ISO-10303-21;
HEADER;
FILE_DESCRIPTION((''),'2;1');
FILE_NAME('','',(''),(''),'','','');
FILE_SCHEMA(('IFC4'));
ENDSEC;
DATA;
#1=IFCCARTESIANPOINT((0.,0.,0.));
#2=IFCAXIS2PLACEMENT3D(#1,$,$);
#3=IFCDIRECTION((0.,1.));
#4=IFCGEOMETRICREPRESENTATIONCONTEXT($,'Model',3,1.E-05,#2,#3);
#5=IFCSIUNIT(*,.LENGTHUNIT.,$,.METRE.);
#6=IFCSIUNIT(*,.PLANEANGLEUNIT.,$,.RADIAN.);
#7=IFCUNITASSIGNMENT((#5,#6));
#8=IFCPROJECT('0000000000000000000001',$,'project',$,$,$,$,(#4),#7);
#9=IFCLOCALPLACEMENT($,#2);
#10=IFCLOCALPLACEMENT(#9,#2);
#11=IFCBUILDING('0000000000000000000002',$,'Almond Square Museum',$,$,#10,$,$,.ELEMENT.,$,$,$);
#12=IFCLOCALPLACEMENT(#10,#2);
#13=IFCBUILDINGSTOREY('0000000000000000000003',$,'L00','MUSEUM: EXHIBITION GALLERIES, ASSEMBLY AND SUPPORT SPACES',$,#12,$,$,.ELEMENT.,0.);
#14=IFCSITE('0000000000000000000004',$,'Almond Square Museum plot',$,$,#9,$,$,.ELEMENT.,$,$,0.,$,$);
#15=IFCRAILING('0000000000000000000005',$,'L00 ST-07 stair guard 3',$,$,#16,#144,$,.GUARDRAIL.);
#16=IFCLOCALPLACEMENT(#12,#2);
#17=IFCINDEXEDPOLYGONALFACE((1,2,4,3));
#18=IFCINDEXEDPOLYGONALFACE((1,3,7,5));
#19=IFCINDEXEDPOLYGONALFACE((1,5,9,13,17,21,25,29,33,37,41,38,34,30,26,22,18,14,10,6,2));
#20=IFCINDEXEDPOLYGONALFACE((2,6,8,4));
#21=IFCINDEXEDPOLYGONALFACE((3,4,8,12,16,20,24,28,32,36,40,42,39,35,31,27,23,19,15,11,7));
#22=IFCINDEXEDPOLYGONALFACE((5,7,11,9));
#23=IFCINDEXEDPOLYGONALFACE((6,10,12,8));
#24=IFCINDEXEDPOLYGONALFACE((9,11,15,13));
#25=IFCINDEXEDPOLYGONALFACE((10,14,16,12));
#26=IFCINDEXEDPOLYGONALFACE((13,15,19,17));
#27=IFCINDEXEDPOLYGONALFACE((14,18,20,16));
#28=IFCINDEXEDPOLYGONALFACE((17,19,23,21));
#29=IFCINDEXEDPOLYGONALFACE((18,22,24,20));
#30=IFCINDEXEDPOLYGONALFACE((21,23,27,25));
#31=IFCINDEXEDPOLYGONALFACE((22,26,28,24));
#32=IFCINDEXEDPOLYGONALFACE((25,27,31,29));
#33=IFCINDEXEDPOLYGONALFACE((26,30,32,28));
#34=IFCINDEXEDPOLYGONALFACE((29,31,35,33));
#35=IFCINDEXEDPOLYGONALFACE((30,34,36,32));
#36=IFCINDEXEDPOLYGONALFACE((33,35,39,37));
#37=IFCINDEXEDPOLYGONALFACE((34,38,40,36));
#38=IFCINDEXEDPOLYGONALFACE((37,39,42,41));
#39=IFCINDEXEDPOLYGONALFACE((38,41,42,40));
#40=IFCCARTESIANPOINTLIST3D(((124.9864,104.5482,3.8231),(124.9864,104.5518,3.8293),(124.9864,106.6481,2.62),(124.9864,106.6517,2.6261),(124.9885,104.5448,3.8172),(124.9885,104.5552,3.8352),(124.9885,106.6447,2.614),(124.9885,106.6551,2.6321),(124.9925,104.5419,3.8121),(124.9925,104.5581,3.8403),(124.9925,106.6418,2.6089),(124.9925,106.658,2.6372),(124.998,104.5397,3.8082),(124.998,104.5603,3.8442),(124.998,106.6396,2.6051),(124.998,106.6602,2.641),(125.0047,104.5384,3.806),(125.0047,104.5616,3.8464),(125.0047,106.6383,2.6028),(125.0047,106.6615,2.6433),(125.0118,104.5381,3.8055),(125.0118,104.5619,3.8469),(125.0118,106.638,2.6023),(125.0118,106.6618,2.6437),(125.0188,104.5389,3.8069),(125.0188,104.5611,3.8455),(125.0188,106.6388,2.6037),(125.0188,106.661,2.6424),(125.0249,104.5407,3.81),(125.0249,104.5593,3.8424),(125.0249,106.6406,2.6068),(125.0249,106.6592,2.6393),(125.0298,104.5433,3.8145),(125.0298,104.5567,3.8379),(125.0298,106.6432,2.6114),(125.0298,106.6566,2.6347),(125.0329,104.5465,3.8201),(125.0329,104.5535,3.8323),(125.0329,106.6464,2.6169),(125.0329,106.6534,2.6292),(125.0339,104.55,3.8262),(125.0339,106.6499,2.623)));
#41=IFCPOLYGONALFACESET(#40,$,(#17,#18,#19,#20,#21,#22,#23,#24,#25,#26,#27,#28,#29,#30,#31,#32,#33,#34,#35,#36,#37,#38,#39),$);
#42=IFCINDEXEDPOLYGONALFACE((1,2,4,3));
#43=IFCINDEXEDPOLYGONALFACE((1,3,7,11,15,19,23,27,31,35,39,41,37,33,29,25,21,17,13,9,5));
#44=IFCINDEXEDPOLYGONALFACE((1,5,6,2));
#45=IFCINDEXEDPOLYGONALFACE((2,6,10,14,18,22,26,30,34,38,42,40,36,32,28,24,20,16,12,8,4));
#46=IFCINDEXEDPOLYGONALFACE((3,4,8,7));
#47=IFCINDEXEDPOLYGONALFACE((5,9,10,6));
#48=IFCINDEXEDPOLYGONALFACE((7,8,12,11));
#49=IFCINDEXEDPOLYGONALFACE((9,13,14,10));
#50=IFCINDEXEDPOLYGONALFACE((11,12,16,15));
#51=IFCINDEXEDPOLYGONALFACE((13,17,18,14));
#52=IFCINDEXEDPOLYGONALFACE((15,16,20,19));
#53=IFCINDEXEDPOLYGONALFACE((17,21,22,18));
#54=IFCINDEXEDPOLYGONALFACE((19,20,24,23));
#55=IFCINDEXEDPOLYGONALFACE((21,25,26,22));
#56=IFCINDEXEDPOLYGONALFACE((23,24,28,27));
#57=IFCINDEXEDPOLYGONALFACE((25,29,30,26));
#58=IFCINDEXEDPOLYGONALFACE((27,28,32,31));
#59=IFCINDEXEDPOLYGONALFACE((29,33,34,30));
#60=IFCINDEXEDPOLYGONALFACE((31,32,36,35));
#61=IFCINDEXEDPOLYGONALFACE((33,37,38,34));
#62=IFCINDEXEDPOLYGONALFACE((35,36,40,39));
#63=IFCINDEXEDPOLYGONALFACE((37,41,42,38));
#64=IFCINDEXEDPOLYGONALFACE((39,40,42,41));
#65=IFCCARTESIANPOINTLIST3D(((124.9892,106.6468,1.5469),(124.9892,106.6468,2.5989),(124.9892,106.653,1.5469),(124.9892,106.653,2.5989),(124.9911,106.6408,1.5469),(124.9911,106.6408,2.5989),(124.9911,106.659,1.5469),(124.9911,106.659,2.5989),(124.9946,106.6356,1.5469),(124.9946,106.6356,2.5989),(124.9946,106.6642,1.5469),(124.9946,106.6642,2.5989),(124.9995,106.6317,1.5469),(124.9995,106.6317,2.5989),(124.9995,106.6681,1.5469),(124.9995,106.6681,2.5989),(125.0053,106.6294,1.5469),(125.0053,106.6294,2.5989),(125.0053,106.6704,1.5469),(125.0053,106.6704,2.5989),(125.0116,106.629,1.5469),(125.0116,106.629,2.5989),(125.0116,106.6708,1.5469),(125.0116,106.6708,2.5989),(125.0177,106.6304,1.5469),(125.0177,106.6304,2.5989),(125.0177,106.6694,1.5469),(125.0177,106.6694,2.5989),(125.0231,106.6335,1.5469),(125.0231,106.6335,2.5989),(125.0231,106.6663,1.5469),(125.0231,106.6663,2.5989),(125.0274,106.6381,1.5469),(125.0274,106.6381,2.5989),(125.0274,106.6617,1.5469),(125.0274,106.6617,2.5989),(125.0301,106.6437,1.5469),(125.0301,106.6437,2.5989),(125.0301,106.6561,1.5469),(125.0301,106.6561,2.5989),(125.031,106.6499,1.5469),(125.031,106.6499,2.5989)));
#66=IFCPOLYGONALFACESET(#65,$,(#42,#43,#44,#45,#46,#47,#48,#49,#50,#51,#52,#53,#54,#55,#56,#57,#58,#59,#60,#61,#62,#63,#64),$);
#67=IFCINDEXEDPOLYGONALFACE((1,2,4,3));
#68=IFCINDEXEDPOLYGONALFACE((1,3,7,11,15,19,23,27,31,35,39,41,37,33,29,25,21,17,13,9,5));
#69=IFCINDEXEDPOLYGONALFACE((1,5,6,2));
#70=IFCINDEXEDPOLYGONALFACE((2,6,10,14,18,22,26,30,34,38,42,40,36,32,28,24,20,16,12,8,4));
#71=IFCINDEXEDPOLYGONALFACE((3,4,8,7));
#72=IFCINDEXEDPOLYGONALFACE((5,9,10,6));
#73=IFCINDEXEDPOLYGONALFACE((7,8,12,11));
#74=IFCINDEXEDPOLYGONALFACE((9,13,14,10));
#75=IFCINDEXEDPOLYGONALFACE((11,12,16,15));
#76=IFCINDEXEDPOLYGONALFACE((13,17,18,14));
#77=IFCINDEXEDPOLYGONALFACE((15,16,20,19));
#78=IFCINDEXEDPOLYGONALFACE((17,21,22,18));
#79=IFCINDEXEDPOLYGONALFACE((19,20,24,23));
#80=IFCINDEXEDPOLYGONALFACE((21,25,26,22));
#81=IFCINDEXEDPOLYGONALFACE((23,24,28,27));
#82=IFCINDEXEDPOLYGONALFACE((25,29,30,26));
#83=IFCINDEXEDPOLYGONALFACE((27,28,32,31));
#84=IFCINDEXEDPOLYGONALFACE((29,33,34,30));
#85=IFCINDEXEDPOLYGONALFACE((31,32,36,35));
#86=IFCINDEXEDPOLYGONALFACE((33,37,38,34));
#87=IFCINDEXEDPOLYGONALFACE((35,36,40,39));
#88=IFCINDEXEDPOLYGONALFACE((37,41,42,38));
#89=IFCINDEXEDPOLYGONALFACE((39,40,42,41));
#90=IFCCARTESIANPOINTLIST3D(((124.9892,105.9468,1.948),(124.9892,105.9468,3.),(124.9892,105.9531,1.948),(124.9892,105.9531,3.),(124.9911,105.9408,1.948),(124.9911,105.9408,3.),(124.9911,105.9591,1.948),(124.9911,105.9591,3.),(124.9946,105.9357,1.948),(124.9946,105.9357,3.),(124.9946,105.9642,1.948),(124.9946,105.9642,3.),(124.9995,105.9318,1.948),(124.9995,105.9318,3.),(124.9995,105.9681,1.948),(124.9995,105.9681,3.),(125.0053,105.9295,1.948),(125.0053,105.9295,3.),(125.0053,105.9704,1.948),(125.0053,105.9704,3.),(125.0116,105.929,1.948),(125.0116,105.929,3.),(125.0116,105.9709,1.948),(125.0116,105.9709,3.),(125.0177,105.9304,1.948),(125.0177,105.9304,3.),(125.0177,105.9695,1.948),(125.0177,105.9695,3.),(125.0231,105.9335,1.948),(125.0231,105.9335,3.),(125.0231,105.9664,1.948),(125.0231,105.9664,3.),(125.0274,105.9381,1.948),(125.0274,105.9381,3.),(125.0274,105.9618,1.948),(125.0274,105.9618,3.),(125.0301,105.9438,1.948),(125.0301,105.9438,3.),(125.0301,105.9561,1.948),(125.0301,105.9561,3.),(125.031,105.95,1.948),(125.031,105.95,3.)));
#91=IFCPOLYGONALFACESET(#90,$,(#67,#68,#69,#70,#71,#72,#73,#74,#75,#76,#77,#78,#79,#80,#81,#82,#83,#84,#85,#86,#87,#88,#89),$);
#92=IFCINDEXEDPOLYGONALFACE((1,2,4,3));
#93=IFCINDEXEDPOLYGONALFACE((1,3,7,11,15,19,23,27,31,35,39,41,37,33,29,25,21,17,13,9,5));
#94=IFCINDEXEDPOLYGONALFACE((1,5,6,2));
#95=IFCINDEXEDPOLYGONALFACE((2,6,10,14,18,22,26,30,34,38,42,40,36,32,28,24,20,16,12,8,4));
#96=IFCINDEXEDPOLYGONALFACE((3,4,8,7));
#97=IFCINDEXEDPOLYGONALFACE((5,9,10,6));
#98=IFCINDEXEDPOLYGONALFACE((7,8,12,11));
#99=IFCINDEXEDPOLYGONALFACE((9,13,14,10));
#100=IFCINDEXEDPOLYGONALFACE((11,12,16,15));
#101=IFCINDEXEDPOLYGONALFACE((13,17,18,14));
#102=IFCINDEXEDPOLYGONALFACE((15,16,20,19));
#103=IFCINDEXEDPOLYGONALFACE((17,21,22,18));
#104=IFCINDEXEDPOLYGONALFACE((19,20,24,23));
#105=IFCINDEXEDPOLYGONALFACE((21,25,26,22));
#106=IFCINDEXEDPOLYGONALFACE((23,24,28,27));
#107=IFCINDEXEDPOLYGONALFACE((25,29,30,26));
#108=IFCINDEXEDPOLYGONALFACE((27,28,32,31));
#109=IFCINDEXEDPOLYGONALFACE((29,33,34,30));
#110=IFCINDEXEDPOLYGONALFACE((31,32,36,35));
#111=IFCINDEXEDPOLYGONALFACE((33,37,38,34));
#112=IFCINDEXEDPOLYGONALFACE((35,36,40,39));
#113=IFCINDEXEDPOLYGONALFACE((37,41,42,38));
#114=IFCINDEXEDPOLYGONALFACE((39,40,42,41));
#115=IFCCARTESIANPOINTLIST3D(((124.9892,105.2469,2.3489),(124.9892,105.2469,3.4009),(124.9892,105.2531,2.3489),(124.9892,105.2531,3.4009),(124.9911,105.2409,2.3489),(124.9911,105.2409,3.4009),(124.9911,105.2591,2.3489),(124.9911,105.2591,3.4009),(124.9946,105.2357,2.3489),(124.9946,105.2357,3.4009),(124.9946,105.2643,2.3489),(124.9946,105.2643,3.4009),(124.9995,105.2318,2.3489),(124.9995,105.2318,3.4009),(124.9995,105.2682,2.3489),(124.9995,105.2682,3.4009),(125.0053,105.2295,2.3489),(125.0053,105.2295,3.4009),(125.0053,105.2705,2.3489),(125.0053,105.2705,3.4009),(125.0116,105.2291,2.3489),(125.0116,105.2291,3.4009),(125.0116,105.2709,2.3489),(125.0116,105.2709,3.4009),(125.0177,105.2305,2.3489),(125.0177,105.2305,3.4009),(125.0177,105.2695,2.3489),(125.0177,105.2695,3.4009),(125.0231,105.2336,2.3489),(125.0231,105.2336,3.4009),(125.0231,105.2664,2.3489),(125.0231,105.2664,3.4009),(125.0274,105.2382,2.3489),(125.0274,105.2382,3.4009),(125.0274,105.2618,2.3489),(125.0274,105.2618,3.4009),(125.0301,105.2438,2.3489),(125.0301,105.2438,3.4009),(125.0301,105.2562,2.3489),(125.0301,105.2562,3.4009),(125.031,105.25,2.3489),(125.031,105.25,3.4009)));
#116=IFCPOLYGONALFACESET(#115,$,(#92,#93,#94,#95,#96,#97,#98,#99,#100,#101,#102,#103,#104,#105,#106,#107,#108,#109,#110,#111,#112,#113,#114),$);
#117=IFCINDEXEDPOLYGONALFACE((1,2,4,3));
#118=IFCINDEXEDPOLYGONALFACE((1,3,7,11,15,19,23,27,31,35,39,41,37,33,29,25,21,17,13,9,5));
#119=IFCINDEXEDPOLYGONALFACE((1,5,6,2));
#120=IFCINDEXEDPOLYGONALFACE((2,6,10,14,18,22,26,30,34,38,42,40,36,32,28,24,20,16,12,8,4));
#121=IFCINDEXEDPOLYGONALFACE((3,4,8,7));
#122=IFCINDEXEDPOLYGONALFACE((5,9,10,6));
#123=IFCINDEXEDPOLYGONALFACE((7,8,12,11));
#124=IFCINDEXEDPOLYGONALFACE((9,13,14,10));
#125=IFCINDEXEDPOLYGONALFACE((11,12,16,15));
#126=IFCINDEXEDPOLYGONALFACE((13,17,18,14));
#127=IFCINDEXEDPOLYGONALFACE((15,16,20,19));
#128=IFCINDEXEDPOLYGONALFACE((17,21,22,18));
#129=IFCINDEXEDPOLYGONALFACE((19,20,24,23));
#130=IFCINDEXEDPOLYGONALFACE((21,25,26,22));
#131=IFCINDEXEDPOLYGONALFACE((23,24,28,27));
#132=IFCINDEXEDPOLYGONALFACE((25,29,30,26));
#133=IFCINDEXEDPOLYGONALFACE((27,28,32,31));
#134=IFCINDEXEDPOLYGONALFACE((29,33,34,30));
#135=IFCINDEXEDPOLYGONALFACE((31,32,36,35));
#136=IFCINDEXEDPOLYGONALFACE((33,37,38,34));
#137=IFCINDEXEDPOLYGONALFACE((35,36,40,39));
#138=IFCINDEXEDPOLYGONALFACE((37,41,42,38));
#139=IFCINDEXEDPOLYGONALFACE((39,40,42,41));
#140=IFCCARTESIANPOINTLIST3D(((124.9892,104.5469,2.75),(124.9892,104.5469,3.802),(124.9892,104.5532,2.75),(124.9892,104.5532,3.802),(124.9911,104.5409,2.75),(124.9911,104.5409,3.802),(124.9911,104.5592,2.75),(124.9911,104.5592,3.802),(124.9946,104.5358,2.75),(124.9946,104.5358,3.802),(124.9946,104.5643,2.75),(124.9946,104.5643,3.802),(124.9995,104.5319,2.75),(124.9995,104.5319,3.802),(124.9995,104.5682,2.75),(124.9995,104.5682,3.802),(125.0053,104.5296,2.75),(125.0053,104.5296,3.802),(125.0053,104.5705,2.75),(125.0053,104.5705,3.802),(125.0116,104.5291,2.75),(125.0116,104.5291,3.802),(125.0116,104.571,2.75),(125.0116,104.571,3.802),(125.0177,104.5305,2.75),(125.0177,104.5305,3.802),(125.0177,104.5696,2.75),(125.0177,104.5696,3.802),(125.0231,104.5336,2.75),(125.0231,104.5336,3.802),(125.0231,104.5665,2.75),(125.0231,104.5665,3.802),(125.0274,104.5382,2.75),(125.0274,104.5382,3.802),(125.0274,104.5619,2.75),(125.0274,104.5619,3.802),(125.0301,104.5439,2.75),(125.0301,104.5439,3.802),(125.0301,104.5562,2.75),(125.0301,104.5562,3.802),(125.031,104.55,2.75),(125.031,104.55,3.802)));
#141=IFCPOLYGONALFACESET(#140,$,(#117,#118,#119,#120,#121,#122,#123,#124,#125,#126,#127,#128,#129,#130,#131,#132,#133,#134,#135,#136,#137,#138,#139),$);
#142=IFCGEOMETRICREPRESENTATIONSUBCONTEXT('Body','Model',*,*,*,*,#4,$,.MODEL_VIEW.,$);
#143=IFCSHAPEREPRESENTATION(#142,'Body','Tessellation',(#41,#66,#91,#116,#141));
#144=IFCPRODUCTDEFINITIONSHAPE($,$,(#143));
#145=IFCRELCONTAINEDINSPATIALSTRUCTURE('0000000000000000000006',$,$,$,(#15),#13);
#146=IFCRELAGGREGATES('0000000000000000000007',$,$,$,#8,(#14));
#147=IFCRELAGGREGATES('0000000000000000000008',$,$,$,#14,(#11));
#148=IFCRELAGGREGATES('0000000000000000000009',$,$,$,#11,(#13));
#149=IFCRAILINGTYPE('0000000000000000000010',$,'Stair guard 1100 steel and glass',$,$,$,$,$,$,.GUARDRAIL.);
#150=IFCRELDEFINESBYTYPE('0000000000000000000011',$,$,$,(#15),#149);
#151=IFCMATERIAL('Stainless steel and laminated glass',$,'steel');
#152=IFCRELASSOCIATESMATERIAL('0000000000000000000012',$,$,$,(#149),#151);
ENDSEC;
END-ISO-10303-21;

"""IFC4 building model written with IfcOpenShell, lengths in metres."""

from ifc_helpers import new_model, si_unit, direction, frame, origin, origin_2d, place, context, subcontext, project, spatial, circle, extrude, material, type_object, element, save


model = new_model("IFC4")

# Units and contexts
model_context = context("Model", 3, precision=1e-05, world=origin(), true_north=direction((0.0, 1.0)))
body_context = subcontext(model_context, "Body", "Model", "MODEL_VIEW")
ifc_project = project(units=[si_unit("LENGTHUNIT", "METRE"), si_unit("PLANEANGLEUNIT", "RADIAN")], contexts=[model_context])

# Site, building, storey
site_placement = place(None, origin())
site = spatial("IfcSite", under=ifc_project, at=site_placement, Name="Almond Square Museum plot", CompositionType="ELEMENT", RefElevation=0.0)
building_placement = place(site_placement, origin())
building = spatial("IfcBuilding", under=site, at=building_placement, Name="Almond Square Museum", CompositionType="ELEMENT")
storey_placement = place(building_placement, origin())
storey = spatial("IfcBuildingStorey", under=building, at=storey_placement, Name="L00", Description="MUSEUM: EXHIBITION GALLERIES, ASSEMBLY AND SUPPORT SPACES", CompositionType="ELEMENT", Elevation=0.0)

# Railing
ifc_material_1 = material(Name="Stainless steel and laminated glass", Category="steel")
railing_type_1 = type_object("IfcRailingType", Name="Stair guard 1100 steel and glass", PredefinedType="GUARDRAIL", material=ifc_material_1)
railing_1_placement = place(storey_placement, frame((125.01, 106.6499, 1.5469)))
element("IfcRailing", 1, at=railing_1_placement, inside=storey, type_object=railing_type_1, Name="L00 ST-07 stair guard 3", PredefinedType="GUARDRAIL", context=body_context, shape_type="SweptSolid", body=[
    extrude(circle(Radius=0.0239, at=origin_2d()), frame((0.0, 0.0, 1.0762), z_axis=(0.0, -0.867671, 0.497138), x_axis=(1.0, 0.0, 0.0)), (0.0, 0.0, 1.0), 2.4202),
    extrude(circle(Radius=0.021, at=origin_2d()), origin(), (0.0, 0.0, 1.0), 1.052),
    extrude(circle(Radius=0.021, at=origin_2d()), frame((0.0, -0.7, 0.4011)), (0.0, 0.0, 1.0), 1.052),
    extrude(circle(Radius=0.021, at=origin_2d()), frame((0.0, -1.3999, 0.802)), (0.0, 0.0, 1.0), 1.052),
    extrude(circle(Radius=0.021, at=origin_2d()), frame((0.0, -2.0999, 1.2031)), (0.0, 0.0, 1.0), 1.052),
])

save(model, "model.ifc")
